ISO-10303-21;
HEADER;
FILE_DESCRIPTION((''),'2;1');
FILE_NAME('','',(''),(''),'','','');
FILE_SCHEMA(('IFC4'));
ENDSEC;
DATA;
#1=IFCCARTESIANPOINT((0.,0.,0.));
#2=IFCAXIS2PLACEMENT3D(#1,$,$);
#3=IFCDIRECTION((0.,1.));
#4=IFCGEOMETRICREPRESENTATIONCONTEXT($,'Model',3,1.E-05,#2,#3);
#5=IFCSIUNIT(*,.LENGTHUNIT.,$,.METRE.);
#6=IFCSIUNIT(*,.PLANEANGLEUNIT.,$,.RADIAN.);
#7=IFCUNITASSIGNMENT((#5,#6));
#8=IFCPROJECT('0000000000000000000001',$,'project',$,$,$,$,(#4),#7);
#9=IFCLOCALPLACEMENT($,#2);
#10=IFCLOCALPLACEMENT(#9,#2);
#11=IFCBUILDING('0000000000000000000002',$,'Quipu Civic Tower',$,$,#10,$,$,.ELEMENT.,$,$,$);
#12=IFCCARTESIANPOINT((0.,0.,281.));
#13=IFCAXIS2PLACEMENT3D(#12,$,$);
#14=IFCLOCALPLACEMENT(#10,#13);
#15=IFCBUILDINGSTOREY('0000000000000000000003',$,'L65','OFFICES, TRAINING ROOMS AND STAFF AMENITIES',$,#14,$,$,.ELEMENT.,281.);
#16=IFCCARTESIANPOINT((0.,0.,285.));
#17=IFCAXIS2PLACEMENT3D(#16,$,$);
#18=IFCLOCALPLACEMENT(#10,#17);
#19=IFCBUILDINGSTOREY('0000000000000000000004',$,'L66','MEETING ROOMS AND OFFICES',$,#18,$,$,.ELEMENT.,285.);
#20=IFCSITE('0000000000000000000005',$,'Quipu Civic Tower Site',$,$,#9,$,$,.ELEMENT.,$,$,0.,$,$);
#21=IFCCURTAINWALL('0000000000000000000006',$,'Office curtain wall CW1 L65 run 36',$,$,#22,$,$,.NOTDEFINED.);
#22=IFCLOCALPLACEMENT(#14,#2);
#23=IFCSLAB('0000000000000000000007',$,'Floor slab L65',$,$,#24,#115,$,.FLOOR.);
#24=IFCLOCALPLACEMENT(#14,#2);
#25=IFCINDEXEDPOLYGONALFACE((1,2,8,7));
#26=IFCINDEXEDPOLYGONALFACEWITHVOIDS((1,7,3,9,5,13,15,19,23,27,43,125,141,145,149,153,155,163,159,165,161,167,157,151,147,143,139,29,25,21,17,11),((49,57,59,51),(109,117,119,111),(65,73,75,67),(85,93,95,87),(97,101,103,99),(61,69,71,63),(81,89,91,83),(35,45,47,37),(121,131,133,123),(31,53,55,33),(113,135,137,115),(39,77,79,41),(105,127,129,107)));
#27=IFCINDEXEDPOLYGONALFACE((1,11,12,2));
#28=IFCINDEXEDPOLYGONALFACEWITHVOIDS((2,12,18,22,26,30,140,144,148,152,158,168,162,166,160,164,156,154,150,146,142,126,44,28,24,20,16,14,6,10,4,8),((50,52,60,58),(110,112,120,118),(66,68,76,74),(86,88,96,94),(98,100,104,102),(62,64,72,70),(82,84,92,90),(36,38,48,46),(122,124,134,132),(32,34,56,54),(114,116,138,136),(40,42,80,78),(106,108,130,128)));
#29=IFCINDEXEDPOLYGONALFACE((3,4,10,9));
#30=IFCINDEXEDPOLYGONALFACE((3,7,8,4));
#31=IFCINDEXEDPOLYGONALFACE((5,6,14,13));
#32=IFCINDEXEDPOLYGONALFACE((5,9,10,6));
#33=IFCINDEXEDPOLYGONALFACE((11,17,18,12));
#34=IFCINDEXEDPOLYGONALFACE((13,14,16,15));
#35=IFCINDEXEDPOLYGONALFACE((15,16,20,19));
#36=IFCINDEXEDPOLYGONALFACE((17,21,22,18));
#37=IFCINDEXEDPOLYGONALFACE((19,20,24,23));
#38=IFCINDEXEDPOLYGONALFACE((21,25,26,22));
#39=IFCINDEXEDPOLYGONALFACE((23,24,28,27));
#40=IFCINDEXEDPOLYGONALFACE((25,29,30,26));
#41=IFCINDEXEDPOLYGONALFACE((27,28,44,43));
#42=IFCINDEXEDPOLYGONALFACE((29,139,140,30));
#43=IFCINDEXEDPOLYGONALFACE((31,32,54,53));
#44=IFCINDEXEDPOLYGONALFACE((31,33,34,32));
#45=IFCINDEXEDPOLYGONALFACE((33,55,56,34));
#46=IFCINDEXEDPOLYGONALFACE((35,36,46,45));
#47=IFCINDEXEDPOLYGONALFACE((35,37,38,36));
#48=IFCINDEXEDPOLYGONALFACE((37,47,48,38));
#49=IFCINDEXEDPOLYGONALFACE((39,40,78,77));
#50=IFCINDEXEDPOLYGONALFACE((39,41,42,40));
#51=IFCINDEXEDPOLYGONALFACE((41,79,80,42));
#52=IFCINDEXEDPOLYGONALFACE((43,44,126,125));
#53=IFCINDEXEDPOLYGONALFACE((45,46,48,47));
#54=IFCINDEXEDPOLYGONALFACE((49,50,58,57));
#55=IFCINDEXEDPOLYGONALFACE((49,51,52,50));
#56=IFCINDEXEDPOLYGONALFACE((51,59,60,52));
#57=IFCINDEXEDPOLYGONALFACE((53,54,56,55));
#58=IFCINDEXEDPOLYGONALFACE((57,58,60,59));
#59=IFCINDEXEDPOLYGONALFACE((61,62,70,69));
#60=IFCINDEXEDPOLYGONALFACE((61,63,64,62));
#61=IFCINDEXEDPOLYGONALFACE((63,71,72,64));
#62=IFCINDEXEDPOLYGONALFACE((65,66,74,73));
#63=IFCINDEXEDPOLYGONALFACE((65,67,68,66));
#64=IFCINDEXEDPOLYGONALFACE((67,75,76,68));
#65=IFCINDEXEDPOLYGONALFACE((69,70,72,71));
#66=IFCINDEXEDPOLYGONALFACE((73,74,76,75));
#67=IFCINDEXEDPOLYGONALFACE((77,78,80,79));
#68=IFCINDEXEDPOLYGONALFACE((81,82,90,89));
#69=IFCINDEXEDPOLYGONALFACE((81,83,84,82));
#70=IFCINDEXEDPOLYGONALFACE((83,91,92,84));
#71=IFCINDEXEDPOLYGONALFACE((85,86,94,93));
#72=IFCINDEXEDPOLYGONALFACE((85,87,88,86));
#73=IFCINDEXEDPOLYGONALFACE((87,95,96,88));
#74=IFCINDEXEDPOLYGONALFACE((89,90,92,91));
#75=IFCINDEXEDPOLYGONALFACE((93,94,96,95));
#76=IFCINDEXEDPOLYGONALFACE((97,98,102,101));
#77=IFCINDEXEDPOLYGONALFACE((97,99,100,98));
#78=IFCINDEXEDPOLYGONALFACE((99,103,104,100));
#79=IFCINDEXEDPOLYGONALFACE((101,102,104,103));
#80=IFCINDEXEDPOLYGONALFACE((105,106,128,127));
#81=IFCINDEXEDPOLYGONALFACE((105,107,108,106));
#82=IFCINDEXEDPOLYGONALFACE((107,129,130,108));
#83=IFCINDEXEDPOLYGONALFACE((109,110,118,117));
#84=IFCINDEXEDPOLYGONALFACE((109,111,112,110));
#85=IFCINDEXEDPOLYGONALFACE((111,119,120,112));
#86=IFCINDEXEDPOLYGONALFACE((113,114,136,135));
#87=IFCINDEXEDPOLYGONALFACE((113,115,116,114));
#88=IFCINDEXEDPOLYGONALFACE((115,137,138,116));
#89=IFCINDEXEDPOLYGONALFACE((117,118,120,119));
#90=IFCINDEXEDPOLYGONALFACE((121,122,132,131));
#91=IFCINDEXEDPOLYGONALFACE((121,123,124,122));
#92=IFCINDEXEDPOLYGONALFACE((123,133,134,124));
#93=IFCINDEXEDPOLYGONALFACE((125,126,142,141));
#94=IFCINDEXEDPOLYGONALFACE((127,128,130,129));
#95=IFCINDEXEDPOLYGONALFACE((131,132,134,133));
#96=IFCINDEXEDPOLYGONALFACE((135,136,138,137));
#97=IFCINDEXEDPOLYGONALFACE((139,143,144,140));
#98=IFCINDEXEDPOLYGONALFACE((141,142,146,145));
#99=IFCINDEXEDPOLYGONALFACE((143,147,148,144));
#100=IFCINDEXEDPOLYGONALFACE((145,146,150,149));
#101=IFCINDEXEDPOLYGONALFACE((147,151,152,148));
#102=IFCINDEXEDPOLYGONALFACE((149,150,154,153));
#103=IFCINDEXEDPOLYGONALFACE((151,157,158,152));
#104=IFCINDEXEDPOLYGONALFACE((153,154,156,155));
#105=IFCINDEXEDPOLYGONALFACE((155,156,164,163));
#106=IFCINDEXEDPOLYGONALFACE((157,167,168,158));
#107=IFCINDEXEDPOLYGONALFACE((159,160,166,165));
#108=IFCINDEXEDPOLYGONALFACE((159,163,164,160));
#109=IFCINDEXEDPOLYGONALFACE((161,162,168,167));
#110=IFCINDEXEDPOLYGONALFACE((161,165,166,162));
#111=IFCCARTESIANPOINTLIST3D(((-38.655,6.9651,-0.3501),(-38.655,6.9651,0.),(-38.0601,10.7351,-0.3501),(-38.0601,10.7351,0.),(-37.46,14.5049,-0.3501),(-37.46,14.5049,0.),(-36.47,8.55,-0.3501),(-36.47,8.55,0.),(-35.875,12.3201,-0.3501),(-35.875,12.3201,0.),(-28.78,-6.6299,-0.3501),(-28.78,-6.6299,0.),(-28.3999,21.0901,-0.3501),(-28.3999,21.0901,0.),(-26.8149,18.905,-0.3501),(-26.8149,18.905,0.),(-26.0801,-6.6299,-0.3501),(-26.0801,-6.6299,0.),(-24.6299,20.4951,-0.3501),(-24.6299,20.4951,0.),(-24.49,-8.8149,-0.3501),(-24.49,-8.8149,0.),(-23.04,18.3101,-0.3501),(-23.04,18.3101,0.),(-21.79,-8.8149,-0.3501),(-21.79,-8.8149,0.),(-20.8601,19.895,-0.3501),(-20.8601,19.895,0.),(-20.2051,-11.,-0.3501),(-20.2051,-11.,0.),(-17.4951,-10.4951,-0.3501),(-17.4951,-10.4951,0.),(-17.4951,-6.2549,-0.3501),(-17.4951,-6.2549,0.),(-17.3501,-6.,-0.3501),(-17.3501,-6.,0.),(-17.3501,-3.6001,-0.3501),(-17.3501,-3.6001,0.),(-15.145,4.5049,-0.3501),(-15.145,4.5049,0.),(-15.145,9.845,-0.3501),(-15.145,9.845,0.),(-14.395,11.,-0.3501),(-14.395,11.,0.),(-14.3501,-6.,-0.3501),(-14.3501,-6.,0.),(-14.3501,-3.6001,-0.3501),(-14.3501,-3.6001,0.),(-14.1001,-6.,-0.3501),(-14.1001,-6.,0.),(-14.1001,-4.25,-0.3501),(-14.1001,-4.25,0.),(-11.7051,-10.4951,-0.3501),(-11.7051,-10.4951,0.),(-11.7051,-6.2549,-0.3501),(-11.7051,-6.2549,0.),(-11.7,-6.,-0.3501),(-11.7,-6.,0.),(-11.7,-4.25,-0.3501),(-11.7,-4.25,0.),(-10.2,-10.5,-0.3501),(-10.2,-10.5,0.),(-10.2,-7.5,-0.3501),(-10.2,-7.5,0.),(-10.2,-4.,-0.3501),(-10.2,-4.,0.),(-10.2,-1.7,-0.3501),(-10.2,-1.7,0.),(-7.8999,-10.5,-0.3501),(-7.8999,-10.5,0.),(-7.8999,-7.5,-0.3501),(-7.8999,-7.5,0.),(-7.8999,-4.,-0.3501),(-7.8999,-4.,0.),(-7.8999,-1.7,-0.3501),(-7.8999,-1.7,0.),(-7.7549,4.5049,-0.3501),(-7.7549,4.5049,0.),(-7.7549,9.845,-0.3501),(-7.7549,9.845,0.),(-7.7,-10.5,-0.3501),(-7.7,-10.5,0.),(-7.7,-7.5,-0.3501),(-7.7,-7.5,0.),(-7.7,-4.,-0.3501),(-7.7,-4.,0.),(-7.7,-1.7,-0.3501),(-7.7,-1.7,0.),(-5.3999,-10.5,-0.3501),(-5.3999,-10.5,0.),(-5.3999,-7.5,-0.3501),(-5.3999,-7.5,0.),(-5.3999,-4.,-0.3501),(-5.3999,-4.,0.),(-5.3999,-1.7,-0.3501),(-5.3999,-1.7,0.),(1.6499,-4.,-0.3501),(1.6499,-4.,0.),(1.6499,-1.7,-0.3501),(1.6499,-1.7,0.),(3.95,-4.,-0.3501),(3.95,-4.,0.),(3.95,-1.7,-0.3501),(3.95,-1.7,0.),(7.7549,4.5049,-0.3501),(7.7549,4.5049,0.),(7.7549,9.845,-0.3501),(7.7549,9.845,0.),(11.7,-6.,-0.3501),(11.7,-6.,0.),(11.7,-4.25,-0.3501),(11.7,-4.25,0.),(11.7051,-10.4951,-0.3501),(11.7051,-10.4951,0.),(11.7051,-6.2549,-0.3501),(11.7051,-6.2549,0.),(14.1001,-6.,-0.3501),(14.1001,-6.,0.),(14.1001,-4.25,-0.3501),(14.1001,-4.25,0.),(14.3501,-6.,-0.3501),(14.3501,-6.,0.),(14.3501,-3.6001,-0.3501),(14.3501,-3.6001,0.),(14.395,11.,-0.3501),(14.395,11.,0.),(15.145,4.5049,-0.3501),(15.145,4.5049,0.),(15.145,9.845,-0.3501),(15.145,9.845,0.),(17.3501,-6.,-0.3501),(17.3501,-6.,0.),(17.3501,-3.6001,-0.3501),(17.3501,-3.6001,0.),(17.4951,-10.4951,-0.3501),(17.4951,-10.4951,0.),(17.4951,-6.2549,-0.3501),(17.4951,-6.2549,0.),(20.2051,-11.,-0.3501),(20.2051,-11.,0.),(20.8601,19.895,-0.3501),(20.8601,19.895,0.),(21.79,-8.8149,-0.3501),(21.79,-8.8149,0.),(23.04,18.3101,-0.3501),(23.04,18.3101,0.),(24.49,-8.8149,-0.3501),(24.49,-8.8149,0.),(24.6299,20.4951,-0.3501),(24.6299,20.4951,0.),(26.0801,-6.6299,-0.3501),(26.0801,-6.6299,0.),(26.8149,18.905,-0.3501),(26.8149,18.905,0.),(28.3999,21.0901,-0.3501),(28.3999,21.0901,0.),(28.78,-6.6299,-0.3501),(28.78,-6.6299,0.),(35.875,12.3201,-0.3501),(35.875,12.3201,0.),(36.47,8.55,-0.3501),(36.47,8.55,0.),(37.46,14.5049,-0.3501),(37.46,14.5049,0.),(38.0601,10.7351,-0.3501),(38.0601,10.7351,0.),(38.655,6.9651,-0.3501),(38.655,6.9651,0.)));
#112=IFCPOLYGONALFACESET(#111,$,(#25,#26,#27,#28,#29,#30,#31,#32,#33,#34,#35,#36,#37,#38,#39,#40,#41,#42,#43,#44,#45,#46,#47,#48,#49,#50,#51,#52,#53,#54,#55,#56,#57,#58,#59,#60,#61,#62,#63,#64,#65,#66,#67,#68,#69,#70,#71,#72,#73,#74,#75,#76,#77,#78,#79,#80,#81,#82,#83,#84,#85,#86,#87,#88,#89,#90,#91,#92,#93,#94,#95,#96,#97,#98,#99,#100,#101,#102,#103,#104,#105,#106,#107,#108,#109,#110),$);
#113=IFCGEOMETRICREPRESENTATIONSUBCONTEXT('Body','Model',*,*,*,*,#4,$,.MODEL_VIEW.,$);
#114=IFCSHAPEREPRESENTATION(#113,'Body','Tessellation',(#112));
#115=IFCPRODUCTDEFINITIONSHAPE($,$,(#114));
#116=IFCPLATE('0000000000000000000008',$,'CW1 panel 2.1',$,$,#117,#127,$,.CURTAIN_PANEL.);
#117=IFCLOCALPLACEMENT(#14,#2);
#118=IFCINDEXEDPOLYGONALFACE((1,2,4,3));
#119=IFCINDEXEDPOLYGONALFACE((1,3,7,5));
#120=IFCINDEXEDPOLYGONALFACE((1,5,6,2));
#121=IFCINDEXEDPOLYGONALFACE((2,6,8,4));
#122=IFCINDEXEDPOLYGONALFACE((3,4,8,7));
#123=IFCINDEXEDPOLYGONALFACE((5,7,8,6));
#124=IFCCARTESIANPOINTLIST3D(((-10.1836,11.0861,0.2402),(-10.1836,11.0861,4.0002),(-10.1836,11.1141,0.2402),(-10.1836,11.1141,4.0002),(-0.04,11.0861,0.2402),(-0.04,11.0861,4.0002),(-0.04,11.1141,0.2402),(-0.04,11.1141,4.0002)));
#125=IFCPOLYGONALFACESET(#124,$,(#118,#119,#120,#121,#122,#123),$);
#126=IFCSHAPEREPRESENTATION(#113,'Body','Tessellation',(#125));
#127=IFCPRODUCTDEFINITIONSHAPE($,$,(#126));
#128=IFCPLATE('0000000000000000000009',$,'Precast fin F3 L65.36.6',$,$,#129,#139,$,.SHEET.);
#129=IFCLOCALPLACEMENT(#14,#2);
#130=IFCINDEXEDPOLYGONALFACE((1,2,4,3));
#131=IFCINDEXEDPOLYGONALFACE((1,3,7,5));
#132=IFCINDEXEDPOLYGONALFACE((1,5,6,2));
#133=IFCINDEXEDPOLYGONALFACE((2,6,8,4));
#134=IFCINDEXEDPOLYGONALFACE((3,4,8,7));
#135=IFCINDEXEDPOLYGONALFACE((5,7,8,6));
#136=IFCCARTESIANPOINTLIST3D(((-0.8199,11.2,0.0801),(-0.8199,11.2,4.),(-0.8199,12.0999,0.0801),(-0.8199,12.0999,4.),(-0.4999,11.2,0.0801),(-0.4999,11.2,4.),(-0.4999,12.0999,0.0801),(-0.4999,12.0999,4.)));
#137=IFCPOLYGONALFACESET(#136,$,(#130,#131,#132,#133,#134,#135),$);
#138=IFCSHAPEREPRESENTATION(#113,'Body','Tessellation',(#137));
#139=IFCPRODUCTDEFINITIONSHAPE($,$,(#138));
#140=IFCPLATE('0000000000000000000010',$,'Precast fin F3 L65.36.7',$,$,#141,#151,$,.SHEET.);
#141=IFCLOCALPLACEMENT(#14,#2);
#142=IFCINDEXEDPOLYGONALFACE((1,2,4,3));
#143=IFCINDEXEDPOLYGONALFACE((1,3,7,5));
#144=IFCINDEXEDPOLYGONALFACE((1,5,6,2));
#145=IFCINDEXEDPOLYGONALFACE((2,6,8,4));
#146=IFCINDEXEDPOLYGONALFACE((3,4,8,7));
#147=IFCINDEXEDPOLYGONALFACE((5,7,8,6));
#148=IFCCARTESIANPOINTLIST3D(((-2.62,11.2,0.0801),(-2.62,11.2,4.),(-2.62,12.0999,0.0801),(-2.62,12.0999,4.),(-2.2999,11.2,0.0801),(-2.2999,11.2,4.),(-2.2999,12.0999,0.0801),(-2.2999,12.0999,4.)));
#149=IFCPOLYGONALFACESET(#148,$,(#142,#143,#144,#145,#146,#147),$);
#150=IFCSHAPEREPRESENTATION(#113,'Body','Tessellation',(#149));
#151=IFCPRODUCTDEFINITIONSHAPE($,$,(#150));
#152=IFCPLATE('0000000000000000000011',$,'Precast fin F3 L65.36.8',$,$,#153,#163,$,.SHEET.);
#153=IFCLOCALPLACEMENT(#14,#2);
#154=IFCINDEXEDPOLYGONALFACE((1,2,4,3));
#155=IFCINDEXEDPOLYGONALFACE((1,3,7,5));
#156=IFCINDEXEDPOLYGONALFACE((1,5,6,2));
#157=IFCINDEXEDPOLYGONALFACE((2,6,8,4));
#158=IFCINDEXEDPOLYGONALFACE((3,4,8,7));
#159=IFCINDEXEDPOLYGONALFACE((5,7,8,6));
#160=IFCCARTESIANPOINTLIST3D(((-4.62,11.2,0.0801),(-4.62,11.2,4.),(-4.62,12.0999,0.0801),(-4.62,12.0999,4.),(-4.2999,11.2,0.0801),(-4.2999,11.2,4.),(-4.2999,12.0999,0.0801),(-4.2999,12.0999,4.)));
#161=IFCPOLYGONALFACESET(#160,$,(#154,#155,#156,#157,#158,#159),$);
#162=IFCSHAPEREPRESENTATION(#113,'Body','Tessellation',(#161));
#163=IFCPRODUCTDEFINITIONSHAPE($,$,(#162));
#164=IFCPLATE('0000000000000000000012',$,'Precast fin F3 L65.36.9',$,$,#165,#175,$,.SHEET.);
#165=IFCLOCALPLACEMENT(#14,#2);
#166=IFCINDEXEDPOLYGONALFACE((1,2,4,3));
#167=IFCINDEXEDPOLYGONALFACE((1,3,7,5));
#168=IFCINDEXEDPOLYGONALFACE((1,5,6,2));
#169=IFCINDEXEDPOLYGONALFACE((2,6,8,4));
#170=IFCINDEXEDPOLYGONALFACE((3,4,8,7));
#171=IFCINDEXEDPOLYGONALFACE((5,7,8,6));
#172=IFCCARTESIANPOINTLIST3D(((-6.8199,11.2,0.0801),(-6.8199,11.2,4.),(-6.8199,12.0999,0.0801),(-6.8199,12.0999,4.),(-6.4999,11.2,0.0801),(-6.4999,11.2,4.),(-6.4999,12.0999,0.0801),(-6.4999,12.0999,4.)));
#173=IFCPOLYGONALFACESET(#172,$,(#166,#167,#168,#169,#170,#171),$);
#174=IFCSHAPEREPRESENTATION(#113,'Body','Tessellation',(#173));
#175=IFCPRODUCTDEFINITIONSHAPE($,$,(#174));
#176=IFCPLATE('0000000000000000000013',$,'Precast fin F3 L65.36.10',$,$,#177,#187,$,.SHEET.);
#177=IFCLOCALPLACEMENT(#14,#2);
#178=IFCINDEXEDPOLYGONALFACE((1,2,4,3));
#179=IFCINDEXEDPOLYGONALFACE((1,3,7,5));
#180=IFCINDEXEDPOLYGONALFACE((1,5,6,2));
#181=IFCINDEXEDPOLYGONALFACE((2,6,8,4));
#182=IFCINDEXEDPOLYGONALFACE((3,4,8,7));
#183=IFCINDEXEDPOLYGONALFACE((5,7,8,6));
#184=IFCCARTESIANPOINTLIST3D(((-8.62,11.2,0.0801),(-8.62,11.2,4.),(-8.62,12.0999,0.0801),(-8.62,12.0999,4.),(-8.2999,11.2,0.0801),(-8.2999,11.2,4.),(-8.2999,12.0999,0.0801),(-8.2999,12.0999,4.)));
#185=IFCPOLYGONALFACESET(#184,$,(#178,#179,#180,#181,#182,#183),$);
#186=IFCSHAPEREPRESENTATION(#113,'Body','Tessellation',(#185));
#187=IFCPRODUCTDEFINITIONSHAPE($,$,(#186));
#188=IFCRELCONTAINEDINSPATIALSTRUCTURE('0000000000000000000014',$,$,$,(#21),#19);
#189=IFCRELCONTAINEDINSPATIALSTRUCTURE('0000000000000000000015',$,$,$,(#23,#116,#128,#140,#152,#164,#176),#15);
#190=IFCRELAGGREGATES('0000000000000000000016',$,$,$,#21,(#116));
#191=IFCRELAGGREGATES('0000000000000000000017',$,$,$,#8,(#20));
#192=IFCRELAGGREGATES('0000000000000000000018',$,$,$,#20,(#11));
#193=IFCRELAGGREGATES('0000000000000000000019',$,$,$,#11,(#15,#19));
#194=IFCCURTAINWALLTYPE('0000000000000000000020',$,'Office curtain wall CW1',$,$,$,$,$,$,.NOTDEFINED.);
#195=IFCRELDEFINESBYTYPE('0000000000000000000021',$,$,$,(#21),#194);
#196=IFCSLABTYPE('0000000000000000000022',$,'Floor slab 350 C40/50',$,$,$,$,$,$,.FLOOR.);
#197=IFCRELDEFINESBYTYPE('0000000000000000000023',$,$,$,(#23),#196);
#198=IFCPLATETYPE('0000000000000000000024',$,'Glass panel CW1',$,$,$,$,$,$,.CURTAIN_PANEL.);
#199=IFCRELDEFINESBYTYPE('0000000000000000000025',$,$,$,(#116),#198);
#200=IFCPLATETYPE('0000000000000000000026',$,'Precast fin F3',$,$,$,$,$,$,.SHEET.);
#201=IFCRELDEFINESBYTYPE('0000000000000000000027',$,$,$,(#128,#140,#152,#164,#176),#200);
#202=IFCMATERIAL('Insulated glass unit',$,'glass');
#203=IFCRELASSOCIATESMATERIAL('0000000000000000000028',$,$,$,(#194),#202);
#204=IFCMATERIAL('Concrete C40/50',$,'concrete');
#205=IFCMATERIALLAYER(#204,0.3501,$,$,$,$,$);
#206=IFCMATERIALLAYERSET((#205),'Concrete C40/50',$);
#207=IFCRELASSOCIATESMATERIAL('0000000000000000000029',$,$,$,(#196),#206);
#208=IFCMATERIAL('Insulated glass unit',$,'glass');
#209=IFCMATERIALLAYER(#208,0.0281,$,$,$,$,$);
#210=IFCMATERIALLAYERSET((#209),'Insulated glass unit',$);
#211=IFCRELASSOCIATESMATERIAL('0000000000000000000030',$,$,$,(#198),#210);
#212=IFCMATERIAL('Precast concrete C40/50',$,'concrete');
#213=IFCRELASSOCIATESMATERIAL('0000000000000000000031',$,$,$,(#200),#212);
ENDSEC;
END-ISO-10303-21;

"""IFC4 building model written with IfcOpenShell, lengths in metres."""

from ifc_helpers import new_model, si_unit, direction, frame, origin, origin_2d, place, context, subcontext, project, spatial, polyline, rectangle, outline, extrude, material, layer, layer_set, type_object, element, aggregate, save


model = new_model("IFC4")

# Units and contexts
model_context = context("Model", 3, precision=1e-05, world=origin(), true_north=direction((0.0, 1.0)))
body_context = subcontext(model_context, "Body", "Model", "MODEL_VIEW")
ifc_project = project(units=[si_unit("LENGTHUNIT", "METRE"), si_unit("PLANEANGLEUNIT", "RADIAN")], contexts=[model_context])

# Site, building, storey
site_placement = place(None, origin())
site = spatial("IfcSite", under=ifc_project, at=site_placement, Name="Quipu Civic Tower Site", CompositionType="ELEMENT", RefElevation=0.0)
building_placement = place(site_placement, origin())
building = spatial("IfcBuilding", under=site, at=building_placement, Name="Quipu Civic Tower", CompositionType="ELEMENT")
storey_1_placement = place(building_placement, frame((0.0, 0.0, 281.0)))
storey_1 = spatial("IfcBuildingStorey", under=building, at=storey_1_placement, Name="L65", Description="OFFICES, TRAINING ROOMS AND STAFF AMENITIES", CompositionType="ELEMENT", Elevation=281.0)

# Shared definitions
storey_2_placement = place(building_placement, frame((0.0, 0.0, 285.0)))
storey_2 = spatial("IfcBuildingStorey", under=building, at=storey_2_placement, Name="L66", Description="MEETING ROOMS AND OFFICES", CompositionType="ELEMENT", Elevation=285.0)

# Curtain wall
ifc_material_1 = material(Name="Insulated glass unit", Category="glass")
curtain_wall_type = type_object("IfcCurtainWallType", Name="Office curtain wall CW1", PredefinedType="NOTDEFINED", material=ifc_material_1)
curtain_wall_1_placement = place(storey_2_placement, origin())
curtain_wall_1 = element("IfcCurtainWall", 1, at=curtain_wall_1_placement, inside=storey_2, type_object=curtain_wall_type, Name="Office curtain wall CW1 L65 run 36", PredefinedType="NOTDEFINED")

# Slab
ifc_material_2 = material(Name="Concrete C40/50", Category="concrete")
ifc_layer_1 = layer(ifc_material_2, 0.3501)
ifc_layer_set_1 = layer_set([ifc_layer_1], Name="Concrete C40/50")
slab_type_1 = type_object("IfcSlabType", Name="Floor slab 350 C40/50", PredefinedType="FLOOR", material=ifc_layer_set_1)
slab_1_placement = place(storey_1_placement, frame((0.0, 0.0, -0.3501)))
element("IfcSlab", 2, at=slab_1_placement, inside=storey_1, type_object=slab_type_1, Name="Floor slab L65", PredefinedType="FLOOR", context=body_context, shape_type="SweptSolid", body=[
    extrude(outline(polyline([(20.8601, 19.895), (23.04, 18.3101), (24.6299, 20.4951), (26.8149, 18.905), (28.3999, 21.0901), (37.46, 14.5049), (35.875, 12.3201), (38.0601, 10.7351), (36.47, 8.55), (38.655, 6.9651), (28.78, -6.6299), (26.0801, -6.6299), (24.49, -8.8149), (21.79, -8.8149), (20.2051, -11.0), (-20.2051, -11.0), (-21.79, -8.8149), (-24.49, -8.8149), (-26.0801, -6.6299), (-28.78, -6.6299), (-38.655, 6.9651), (-36.47, 8.55), (-38.0601, 10.7351), (-35.875, 12.3201), (-37.46, 14.5049), (-28.3999, 21.0901), (-26.8149, 18.905), (-24.6299, 20.4951), (-23.04, 18.3101), (-20.8601, 19.895), (-14.395, 11.0), (14.395, 11.0), (20.8601, 19.895)]), holes=[polyline([(-10.2, -10.5), (-7.8999, -10.5), (-7.8999, -7.5), (-10.2, -7.5), (-10.2, -10.5)]), polyline([(-7.7, -7.5), (-7.7, -10.5), (-5.3999, -10.5), (-5.3999, -7.5), (-7.7, -7.5)]), polyline([(-11.7051, -6.2549), (-17.4951, -6.2549), (-17.4951, -10.4951), (-11.7051, -10.4951), (-11.7051, -6.2549)]), polyline([(-14.1001, -6.0), (-11.7, -6.0), (-11.7, -4.25), (-14.1001, -4.25), (-14.1001, -6.0)]), polyline([(-17.3501, -3.6001), (-17.3501, -6.0), (-14.3501, -6.0), (-14.3501, -3.6001), (-17.3501, -3.6001)]), polyline([(-10.2, -1.7), (-10.2, -4.0), (-7.8999, -4.0), (-7.8999, -1.7), (-10.2, -1.7)]), polyline([(-15.145, 9.845), (-15.145, 4.5049), (-7.7549, 4.5049), (-7.7549, 9.845), (-15.145, 9.845)]), polyline([(11.7051, -10.4951), (17.4951, -10.4951), (17.4951, -6.2549), (11.7051, -6.2549), (11.7051, -10.4951)]), polyline([(11.7, -4.25), (11.7, -6.0), (14.1001, -6.0), (14.1001, -4.25), (11.7, -4.25)]), polyline([(14.3501, -3.6001), (14.3501, -6.0), (17.3501, -6.0), (17.3501, -3.6001), (14.3501, -3.6001)]), polyline([(-7.7, -1.7), (-7.7, -4.0), (-5.3999, -4.0), (-5.3999, -1.7), (-7.7, -1.7)]), polyline([(1.6499, -1.7), (1.6499, -4.0), (3.95, -4.0), (3.95, -1.7), (1.6499, -1.7)]), polyline([(7.7549, 4.5049), (15.145, 4.5049), (15.145, 9.845), (7.7549, 9.845), (7.7549, 4.5049)])]), origin(), (0.0, 0.0, 1.0), 0.3501),
])

# Plate
ifc_material_3 = material(Name="Insulated glass unit", Category="glass")
ifc_layer_2 = layer(ifc_material_3, 0.0281)
ifc_layer_set_2 = layer_set([ifc_layer_2], Name="Insulated glass unit")
plate_type_1 = type_object("IfcPlateType", Name="Glass panel CW1", PredefinedType="CURTAIN_PANEL", material=ifc_layer_set_2)
plate_placement = place(storey_1_placement, frame((-5.1118, 11.1001, 0.2402), z_axis=(0.0, 0.0, 1.0), x_axis=(-1.0, 0.0, 0.0)))
plate = element("IfcPlate", 3, at=plate_placement, inside=storey_1, type_object=plate_type_1, Name="CW1 panel 2.1", PredefinedType="CURTAIN_PANEL", context=body_context, shape_type="SweptSolid", body=[
    extrude(rectangle(XDim=10.1436, YDim=0.0281, at=origin_2d()), origin(), (0.0, 0.0, 1.0), 3.76),
])
aggregate(curtain_wall_1, [plate])

# Plates
ifc_material_4 = material(Name="Precast concrete C40/50", Category="concrete")
plate_type_2 = type_object("IfcPlateType", Name="Precast fin F3", PredefinedType="SHEET", material=ifc_material_4)
for number, where, z_axis, x_axis, name in (
    (4, (-0.6599, 11.6499, 0.0801), (0.0, 0.0, 1.0), (-1.0, 0.0, 0.0), "Precast fin F3 L65.36.6"),
    (5, (-2.46, 11.6499, 0.0801), (0.0, 0.0, 1.0), (-1.0, 0.0, 0.0), "Precast fin F3 L65.36.7"),
    (6, (-4.46, 11.6499, 0.0801), (0.0, 0.0, 1.0), (-1.0, 0.0, 0.0), "Precast fin F3 L65.36.8"),
    (7, (-6.6599, 11.6499, 0.0801), (0.0, 0.0, 1.0), (-1.0, 0.0, 0.0), "Precast fin F3 L65.36.9"),
    (8, (-8.46, 11.6499, 0.0801), (0.0, 0.0, 1.0), (-1.0, 0.0, 0.0), "Precast fin F3 L65.36.10"),
):
    element("IfcPlate", number, at=place(storey_1_placement, frame(where, z_axis=z_axis, x_axis=x_axis)), inside=storey_1, type_object=plate_type_2, Name=name, PredefinedType="SHEET", context=body_context, shape_type="SweptSolid", body=[
        extrude(rectangle(XDim=0.3201, YDim=0.8999, at=origin_2d()), origin(), (0.0, 0.0, 1.0), 3.9199),
    ])

save(model, "model.ifc")
